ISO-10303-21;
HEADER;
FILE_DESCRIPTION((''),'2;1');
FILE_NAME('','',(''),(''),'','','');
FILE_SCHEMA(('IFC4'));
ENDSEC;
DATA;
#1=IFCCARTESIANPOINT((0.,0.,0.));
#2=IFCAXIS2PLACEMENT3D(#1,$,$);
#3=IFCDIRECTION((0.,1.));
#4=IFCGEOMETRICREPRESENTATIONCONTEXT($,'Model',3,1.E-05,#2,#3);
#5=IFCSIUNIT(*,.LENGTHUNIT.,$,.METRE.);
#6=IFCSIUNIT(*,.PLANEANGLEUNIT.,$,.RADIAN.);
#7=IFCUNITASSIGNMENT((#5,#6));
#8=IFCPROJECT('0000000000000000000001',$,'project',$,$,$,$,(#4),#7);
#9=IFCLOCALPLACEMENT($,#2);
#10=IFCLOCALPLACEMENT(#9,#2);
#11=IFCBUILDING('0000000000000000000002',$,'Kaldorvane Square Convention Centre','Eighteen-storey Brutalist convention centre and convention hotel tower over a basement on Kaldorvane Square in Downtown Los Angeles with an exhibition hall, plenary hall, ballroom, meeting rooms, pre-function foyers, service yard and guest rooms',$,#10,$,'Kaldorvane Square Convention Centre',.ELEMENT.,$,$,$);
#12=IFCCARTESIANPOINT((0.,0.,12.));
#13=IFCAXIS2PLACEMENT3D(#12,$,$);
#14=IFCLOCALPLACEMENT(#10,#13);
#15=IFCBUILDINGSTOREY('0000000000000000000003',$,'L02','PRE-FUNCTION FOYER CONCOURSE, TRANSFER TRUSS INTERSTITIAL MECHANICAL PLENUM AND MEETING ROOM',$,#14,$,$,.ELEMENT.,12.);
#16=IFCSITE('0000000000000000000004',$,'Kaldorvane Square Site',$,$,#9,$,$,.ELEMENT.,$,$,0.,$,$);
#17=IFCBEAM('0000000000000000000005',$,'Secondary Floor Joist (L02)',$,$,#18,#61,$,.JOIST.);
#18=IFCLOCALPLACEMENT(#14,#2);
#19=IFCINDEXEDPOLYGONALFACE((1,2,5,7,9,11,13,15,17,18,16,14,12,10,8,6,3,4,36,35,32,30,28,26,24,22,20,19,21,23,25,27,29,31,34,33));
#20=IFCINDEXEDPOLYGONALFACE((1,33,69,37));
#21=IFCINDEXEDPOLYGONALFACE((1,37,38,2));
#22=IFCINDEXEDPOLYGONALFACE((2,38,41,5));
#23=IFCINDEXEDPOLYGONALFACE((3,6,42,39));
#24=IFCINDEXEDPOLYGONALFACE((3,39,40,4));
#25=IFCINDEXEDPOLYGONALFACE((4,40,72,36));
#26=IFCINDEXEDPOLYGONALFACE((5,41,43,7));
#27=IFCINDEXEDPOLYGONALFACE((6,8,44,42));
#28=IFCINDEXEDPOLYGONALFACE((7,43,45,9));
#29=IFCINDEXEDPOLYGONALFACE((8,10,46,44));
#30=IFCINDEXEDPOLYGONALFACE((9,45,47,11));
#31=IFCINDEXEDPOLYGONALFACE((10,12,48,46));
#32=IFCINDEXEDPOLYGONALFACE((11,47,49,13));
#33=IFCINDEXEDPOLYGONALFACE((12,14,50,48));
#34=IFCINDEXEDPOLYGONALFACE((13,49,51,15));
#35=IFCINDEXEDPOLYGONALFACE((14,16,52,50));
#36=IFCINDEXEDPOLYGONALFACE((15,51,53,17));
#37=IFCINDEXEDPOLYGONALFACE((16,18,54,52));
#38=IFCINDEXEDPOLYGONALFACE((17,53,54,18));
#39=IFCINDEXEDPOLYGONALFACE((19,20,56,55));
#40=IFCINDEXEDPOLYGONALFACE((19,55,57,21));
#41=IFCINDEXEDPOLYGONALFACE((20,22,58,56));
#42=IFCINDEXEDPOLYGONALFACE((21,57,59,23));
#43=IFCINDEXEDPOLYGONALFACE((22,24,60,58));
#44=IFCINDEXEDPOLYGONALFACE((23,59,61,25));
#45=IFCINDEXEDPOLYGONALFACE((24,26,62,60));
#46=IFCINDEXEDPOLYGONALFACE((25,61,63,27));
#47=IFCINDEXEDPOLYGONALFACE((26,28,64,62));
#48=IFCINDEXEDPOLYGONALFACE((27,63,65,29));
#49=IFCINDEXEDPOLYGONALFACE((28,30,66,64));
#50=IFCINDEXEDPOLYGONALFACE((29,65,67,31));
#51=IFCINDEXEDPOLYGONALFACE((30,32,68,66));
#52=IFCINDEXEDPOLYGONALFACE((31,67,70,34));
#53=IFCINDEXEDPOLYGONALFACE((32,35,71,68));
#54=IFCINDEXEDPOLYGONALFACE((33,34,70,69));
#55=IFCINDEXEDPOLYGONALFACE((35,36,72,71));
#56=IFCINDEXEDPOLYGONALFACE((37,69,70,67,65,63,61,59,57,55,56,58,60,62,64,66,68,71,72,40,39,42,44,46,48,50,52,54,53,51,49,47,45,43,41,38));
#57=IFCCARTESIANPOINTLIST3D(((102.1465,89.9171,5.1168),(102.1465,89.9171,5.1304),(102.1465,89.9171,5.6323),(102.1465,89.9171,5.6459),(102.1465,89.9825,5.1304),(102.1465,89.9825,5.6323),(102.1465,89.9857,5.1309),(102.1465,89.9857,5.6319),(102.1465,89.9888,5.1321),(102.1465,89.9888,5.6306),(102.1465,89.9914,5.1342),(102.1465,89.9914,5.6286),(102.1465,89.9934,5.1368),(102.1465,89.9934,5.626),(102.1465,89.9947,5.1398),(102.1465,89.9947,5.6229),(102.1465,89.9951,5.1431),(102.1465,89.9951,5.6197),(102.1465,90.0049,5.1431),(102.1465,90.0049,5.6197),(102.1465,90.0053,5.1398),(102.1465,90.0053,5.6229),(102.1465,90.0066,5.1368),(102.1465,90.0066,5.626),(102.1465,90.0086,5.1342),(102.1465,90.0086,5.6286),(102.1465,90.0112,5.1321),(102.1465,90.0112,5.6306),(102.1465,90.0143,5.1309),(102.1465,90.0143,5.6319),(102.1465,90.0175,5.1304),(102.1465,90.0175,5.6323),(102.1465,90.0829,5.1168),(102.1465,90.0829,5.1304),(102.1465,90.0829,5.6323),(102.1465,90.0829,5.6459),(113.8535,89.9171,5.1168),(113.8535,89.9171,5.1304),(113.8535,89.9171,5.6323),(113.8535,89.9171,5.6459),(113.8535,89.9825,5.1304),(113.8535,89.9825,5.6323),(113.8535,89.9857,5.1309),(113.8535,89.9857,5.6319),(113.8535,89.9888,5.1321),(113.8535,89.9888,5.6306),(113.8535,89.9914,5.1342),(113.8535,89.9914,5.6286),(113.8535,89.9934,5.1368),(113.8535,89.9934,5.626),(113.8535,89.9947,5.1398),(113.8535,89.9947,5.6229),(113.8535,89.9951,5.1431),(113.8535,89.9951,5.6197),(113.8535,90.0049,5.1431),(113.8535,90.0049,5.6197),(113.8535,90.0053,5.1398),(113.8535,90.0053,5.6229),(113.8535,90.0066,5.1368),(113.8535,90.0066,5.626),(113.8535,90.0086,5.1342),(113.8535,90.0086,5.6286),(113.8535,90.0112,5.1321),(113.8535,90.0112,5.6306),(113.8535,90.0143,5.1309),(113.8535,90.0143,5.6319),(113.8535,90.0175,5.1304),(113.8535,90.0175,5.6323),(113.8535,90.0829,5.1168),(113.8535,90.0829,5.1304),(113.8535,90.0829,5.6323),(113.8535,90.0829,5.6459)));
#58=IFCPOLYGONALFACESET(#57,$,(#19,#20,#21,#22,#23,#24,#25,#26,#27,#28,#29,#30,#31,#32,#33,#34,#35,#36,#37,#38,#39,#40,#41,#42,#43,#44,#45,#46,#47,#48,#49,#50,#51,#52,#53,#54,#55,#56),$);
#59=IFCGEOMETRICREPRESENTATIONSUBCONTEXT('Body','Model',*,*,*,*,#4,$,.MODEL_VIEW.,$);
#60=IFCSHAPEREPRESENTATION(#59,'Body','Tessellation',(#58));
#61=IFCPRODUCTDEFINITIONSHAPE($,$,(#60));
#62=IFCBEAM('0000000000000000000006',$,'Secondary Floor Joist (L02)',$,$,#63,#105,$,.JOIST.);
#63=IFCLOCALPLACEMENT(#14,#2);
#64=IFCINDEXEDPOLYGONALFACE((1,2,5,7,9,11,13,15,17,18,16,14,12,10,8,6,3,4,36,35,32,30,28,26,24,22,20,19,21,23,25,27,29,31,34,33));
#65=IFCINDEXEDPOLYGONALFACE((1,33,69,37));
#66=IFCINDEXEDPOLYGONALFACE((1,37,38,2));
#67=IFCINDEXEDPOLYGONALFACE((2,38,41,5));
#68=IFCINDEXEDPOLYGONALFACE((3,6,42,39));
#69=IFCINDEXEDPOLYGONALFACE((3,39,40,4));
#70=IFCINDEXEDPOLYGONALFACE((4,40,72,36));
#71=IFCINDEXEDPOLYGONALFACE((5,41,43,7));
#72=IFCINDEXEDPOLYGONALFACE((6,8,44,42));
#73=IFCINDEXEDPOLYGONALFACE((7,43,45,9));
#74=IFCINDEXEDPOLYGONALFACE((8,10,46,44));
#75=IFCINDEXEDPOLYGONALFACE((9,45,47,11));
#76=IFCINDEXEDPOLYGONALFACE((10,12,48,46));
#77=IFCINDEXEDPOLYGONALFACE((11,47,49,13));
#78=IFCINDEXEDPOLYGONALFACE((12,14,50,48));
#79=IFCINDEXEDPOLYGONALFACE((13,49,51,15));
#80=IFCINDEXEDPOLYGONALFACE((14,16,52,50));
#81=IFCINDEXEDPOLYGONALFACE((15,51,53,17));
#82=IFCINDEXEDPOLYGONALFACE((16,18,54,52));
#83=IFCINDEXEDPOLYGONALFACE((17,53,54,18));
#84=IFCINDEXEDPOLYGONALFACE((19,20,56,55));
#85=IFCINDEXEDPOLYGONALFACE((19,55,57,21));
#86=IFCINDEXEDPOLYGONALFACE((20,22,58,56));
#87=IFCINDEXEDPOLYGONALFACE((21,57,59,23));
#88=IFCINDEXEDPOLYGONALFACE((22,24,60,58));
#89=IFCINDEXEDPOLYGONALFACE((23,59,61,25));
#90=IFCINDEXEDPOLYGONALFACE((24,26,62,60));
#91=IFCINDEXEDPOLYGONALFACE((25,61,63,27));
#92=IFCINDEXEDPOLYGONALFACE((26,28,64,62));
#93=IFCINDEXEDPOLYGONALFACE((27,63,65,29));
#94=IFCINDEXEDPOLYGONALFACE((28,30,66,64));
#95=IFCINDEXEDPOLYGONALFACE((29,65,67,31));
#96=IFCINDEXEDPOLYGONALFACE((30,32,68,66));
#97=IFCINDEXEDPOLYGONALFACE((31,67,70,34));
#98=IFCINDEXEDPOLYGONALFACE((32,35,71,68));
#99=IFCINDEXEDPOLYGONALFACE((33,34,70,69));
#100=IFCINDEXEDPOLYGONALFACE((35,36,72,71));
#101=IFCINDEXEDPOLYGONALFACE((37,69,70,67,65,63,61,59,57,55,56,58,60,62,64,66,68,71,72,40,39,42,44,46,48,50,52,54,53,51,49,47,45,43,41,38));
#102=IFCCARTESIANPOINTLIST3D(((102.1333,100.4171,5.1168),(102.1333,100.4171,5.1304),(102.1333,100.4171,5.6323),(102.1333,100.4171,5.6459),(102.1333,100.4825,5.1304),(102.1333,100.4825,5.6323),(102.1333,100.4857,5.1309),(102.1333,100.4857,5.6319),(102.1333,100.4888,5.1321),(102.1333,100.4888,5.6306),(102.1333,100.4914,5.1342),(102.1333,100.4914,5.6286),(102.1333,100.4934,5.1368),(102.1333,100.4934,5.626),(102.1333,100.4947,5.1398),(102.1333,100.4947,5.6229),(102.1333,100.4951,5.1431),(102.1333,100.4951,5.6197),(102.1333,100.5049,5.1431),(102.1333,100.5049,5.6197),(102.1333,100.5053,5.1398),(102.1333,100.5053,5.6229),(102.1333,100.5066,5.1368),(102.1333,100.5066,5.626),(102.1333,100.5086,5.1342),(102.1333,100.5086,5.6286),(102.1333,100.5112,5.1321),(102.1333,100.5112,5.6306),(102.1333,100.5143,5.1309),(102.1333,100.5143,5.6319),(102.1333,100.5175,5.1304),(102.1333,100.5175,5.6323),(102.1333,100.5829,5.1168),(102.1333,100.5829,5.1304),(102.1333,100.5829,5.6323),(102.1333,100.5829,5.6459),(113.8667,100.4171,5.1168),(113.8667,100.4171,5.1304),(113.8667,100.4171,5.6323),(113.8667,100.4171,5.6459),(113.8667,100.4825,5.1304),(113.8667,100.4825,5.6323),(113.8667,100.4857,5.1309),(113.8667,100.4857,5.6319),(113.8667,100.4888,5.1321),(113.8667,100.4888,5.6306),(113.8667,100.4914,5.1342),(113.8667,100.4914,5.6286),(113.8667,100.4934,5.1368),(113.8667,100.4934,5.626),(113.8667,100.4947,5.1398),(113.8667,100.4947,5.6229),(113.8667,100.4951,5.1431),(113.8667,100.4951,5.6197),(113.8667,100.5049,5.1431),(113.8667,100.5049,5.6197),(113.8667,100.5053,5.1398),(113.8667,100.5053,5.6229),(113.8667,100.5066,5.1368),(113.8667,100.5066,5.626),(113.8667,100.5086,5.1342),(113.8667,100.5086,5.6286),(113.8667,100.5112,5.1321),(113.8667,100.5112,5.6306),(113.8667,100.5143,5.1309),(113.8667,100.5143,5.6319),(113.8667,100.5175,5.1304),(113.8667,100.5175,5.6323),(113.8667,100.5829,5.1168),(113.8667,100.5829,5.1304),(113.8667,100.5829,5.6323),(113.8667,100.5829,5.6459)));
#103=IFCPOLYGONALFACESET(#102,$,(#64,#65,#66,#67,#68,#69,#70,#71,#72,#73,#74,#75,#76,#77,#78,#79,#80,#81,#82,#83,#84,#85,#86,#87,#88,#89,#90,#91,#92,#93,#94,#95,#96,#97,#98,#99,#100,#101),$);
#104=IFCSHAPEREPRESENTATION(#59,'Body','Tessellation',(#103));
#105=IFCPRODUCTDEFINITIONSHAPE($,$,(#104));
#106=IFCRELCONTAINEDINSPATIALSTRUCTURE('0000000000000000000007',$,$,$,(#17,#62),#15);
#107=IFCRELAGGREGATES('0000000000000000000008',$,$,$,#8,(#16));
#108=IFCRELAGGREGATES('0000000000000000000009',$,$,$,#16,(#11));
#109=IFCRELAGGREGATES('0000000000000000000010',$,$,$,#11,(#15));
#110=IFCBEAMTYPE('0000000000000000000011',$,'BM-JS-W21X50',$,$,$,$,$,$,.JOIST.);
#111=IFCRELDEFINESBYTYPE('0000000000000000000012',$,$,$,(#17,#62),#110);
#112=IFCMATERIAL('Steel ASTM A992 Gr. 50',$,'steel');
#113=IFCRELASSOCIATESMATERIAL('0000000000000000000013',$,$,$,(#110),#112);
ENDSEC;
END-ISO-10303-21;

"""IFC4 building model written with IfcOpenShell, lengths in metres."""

from ifc_helpers import new_model, si_unit, direction, frame, origin, origin_2d, place, context, subcontext, project, spatial, i_section, extrude, material, material_profile, profile_set, type_object, element, save


model = new_model("IFC4")

# Units and contexts
model_context = context("Model", 3, precision=1e-05, world=origin(), true_north=direction((0.0, 1.0)))
body_context = subcontext(model_context, "Body", "Model", "MODEL_VIEW")
ifc_project = project(units=[si_unit("LENGTHUNIT", "METRE"), si_unit("PLANEANGLEUNIT", "RADIAN")], contexts=[model_context])

# Site, building, storey
site_placement = place(None, origin())
site = spatial("IfcSite", under=ifc_project, at=site_placement, Name="Kaldorvane Square Site", CompositionType="ELEMENT", RefElevation=0.0)
building_placement = place(site_placement, origin())
building = spatial("IfcBuilding", under=site, at=building_placement, Name="Kaldorvane Square Convention Centre", Description="Eighteen-storey Brutalist convention centre and convention hotel tower over a basement on Kaldorvane Square in Downtown Los Angeles with an exhibition hall, plenary hall, ballroom, meeting rooms, pre-function foyers, service yard and guest rooms", LongName="Kaldorvane Square Convention Centre", CompositionType="ELEMENT")
storey_placement = place(building_placement, frame((0.0, 0.0, 12.0)))
storey = spatial("IfcBuildingStorey", under=building, at=storey_placement, Name="L02", Description="PRE-FUNCTION FOYER CONCOURSE, TRANSFER TRUSS INTERSTITIAL MECHANICAL PLENUM AND MEETING ROOM", CompositionType="ELEMENT", Elevation=12.0)

# Shared definitions
ifc_material_1 = material(Name="Steel ASTM A992 Gr. 50", Category="steel")

# Beams
ifc_material_profile_1 = material_profile(ifc_material_1, i_section(OverallWidth=0.1659, OverallDepth=0.5291, WebThickness=0.0097, FlangeThickness=0.0136, FilletRadius=0.0127, at=origin_2d()), Name="W21X50")
ifc_profile_set_1 = profile_set([ifc_material_profile_1], Name="Steel ASTM A992 Gr. 50")
beam_type_1 = type_object("IfcBeamType", Name="BM-JS-W21X50", PredefinedType="JOIST", material=ifc_profile_set_1)
beam_1_placement = place(storey_placement, frame((102.1465, 90.0, 5.3814), z_axis=(1.0, 0.0, 0.0), x_axis=(0.0, 1.0, 0.0)))
element("IfcBeam", 1, at=beam_1_placement, inside=storey, type_object=beam_type_1, Name="Secondary Floor Joist (L02)", PredefinedType="JOIST", context=body_context, shape_type="SweptSolid", body=[
    extrude(i_section(OverallWidth=0.1659, OverallDepth=0.5291, WebThickness=0.0097, FlangeThickness=0.0136, FilletRadius=0.0127, at=origin_2d()), origin(), (0.0, 0.0, 1.0), 11.707),
])
beam_2_placement = place(storey_placement, frame((102.1333, 100.5, 5.3814), z_axis=(1.0, 0.0, 0.0), x_axis=(0.0, 1.0, 0.0)))
element("IfcBeam", 2, at=beam_2_placement, inside=storey, type_object=beam_type_1, Name="Secondary Floor Joist (L02)", PredefinedType="JOIST", context=body_context, shape_type="SweptSolid", body=[
    extrude(i_section(OverallWidth=0.1659, OverallDepth=0.5291, WebThickness=0.0097, FlangeThickness=0.0136, FilletRadius=0.0127, at=origin_2d()), origin(), (0.0, 0.0, 1.0), 11.7334),
])

save(model, "model.ifc")
